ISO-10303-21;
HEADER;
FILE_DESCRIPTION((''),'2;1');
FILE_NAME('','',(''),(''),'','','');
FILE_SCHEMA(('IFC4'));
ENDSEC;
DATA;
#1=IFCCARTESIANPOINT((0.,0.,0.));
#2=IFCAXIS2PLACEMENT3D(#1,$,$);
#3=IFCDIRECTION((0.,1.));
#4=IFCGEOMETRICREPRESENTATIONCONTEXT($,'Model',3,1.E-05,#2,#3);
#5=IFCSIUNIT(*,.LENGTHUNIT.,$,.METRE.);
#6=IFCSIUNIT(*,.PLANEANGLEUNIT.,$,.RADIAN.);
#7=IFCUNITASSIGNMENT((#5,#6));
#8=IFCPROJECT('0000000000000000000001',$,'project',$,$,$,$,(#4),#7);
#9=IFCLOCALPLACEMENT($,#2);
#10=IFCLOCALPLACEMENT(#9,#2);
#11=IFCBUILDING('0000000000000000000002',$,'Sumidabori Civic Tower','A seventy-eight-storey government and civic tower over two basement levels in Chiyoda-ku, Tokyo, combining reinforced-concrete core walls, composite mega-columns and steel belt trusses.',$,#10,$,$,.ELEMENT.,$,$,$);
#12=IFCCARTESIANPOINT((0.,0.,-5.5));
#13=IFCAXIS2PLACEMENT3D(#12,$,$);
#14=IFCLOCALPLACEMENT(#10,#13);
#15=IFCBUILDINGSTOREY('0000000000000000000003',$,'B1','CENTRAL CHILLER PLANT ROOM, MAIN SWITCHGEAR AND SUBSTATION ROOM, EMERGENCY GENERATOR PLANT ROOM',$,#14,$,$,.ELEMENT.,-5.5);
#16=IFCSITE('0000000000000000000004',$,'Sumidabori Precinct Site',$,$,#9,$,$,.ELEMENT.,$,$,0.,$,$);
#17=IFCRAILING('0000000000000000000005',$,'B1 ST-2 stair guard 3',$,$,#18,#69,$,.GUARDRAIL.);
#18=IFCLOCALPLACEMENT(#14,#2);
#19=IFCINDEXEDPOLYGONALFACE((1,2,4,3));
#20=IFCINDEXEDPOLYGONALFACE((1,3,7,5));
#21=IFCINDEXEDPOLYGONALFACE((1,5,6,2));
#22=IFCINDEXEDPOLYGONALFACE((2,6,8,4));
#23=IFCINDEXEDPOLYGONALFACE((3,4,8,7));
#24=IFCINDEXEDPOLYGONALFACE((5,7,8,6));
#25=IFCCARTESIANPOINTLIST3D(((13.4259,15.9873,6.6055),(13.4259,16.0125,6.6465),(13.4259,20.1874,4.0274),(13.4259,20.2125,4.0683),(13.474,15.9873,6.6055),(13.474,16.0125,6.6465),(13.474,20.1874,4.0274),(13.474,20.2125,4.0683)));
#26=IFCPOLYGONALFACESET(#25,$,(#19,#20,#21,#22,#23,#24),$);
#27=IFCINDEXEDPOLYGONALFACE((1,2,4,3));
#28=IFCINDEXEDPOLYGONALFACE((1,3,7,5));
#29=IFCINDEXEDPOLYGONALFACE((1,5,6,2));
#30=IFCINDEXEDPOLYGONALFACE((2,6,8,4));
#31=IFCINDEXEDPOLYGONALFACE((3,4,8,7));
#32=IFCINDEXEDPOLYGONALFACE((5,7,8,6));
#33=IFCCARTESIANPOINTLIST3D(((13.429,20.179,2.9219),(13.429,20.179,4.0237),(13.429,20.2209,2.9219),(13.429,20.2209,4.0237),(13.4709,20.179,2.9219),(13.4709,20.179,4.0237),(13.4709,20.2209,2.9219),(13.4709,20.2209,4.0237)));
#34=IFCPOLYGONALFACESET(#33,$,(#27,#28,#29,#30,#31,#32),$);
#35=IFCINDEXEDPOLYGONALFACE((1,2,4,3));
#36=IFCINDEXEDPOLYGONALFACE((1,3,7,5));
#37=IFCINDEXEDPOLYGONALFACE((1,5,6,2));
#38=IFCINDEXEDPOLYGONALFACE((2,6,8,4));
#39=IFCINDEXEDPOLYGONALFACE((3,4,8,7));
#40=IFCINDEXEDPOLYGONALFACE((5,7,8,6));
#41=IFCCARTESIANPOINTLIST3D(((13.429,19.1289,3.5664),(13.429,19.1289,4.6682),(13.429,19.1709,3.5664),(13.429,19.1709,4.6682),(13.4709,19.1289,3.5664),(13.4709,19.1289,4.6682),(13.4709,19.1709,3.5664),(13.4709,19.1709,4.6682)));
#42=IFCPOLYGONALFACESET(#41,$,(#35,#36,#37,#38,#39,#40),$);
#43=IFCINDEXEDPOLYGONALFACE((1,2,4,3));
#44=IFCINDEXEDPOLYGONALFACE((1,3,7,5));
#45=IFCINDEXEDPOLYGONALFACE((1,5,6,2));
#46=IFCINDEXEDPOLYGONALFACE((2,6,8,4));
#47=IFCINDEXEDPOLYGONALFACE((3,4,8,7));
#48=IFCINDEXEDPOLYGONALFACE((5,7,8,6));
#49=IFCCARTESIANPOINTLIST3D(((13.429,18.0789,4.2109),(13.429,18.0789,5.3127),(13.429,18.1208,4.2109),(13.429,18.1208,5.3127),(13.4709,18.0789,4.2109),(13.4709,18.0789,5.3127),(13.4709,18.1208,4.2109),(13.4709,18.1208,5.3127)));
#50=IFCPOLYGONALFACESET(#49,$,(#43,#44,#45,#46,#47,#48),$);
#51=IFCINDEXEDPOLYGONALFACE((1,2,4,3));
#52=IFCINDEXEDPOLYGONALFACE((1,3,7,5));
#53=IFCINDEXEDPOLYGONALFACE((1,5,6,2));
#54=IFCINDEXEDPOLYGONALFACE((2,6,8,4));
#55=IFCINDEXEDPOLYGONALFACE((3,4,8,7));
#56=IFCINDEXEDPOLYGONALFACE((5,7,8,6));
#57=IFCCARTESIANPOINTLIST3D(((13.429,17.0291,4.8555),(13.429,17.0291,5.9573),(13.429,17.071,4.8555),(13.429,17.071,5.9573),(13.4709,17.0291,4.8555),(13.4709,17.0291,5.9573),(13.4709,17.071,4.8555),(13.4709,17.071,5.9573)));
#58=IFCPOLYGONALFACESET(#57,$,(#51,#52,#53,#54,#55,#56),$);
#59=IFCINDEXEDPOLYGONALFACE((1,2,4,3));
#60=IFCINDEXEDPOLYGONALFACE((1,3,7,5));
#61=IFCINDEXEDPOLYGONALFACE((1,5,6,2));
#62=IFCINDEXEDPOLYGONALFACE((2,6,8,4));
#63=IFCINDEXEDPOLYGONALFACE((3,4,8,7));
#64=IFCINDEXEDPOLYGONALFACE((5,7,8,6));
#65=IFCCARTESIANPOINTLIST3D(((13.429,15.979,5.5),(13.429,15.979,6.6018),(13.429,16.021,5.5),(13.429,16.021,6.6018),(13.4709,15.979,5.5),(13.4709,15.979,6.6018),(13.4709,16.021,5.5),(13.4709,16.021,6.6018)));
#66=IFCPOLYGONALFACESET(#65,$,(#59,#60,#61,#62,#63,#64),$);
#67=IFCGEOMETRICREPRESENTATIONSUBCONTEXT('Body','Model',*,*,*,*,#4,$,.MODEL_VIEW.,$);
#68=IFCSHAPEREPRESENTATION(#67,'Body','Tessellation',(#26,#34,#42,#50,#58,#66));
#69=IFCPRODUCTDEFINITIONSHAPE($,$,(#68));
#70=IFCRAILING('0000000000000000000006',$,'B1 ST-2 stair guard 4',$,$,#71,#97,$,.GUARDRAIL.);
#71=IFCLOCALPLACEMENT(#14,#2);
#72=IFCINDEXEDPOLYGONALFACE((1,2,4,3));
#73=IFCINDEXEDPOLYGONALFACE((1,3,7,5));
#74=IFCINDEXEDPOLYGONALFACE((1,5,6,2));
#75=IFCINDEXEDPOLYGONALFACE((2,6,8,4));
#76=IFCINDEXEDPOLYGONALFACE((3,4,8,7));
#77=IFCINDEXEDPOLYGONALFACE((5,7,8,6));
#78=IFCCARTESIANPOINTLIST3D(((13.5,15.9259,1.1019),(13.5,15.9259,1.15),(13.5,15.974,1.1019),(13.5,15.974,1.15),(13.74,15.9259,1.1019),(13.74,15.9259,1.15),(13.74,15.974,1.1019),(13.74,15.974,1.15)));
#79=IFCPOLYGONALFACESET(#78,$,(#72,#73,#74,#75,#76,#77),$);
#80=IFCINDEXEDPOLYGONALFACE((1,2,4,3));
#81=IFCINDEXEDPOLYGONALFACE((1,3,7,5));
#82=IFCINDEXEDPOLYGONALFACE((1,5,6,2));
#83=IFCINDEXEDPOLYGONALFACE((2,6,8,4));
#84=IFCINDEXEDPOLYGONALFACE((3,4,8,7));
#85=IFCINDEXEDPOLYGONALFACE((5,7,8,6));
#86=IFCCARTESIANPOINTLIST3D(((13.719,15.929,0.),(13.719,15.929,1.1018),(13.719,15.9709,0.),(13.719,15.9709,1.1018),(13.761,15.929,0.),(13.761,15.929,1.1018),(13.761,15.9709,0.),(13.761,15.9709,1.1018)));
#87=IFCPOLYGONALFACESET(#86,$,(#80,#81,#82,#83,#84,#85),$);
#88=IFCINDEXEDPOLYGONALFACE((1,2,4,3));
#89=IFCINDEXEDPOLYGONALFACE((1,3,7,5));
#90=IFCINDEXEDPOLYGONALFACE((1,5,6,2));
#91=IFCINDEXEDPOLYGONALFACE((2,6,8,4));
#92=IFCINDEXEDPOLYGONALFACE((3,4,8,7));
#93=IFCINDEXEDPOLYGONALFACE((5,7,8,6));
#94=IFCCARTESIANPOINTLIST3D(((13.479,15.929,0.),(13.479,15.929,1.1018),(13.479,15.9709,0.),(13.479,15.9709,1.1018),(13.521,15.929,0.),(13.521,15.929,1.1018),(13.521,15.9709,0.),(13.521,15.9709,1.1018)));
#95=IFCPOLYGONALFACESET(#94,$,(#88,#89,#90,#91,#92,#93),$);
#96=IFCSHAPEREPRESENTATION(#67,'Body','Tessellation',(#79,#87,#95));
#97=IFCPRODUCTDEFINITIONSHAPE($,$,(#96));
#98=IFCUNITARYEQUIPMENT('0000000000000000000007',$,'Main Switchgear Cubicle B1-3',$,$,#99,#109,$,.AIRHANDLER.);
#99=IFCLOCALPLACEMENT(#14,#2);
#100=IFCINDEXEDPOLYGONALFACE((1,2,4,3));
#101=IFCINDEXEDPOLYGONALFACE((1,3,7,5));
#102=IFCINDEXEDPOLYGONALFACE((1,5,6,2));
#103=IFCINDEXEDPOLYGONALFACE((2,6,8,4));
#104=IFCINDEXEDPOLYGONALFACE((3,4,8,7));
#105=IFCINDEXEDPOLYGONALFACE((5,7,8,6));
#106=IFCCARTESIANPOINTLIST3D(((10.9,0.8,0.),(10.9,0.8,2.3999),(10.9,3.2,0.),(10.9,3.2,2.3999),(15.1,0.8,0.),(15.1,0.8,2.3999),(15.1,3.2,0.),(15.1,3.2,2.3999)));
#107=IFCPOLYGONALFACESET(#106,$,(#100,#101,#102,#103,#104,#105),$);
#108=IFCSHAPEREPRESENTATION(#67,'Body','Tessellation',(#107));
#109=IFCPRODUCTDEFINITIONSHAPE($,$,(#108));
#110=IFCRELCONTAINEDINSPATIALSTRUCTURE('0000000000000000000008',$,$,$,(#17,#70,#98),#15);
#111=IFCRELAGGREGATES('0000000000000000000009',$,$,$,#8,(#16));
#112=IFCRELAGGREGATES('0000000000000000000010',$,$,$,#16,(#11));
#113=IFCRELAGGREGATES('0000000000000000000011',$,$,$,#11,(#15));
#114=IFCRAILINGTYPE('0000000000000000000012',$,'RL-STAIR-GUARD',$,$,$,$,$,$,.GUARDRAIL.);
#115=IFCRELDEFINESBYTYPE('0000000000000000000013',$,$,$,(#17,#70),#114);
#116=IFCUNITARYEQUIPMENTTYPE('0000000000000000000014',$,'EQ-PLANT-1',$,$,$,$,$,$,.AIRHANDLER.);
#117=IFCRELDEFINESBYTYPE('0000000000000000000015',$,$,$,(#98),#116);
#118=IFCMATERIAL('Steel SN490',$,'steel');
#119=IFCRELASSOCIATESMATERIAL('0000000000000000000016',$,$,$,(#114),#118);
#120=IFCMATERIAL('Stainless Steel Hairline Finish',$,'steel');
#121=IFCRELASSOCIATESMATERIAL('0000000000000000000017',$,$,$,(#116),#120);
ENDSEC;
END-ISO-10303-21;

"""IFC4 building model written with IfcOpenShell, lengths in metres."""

from ifc_helpers import new_model, si_unit, direction, frame, origin, origin_2d, place, context, subcontext, project, spatial, rectangle, extrude, source, transform, mapped, material, type_object, element, save


model = new_model("IFC4")

# Units and contexts
model_context = context("Model", 3, precision=1e-05, world=origin(), true_north=direction((0.0, 1.0)))
body_context = subcontext(model_context, "Body", "Model", "MODEL_VIEW")
ifc_project = project(units=[si_unit("LENGTHUNIT", "METRE"), si_unit("PLANEANGLEUNIT", "RADIAN")], contexts=[model_context])

# Site, building, storey
site_placement = place(None, origin())
site = spatial("IfcSite", under=ifc_project, at=site_placement, Name="Sumidabori Precinct Site", CompositionType="ELEMENT", RefElevation=0.0)
building_placement = place(site_placement, origin())
building = spatial("IfcBuilding", under=site, at=building_placement, Name="Sumidabori Civic Tower", Description="A seventy-eight-storey government and civic tower over two basement levels in Chiyoda-ku, Tokyo, combining reinforced-concrete core walls, composite mega-columns and steel belt trusses.", CompositionType="ELEMENT")
storey_placement = place(building_placement, frame((0.0, 0.0, -5.5)))
storey = spatial("IfcBuildingStorey", under=building, at=storey_placement, Name="B1", Description="CENTRAL CHILLER PLANT ROOM, MAIN SWITCHGEAR AND SUBSTATION ROOM, EMERGENCY GENERATOR PLANT ROOM", CompositionType="ELEMENT", Elevation=-5.5)

# Shared definitions
ifc_material_1 = material(Name="Steel SN490", Category="steel")

# Shared definitions
ifc_material_2 = material(Name="Stainless Steel Hairline Finish", Category="steel")

# Railings
railing_type_1 = type_object("IfcRailingType", Name="RL-STAIR-GUARD", PredefinedType="GUARDRAIL", material=ifc_material_1)
railing_1_placement = place(storey_placement, frame((13.45, 20.2, 2.9219)))
element("IfcRailing", 1, at=railing_1_placement, inside=storey, type_object=railing_type_1, Name="B1 ST-2 stair guard 3", PredefinedType="GUARDRAIL", context=body_context, shape_type="SweptSolid", body=[
    extrude(rectangle(XDim=0.0481, YDim=0.0481, at=origin_2d()), frame((0.0, 0.0, 1.126), z_axis=(0.0, -0.852243, 0.523146), x_axis=(1.0, 0.0, 0.0)), (0.0, 0.0, 1.0), 4.9282),
    extrude(rectangle(XDim=0.042, YDim=0.042, at=origin_2d()), origin(), (0.0, 0.0, 1.0), 1.1018),
    extrude(rectangle(XDim=0.042, YDim=0.042, at=origin_2d()), frame((0.0, -1.05, 0.6445)), (0.0, 0.0, 1.0), 1.1018),
    extrude(rectangle(XDim=0.042, YDim=0.042, at=origin_2d()), frame((0.0, -2.1001, 1.2891)), (0.0, 0.0, 1.0), 1.1018),
    extrude(rectangle(XDim=0.042, YDim=0.042, at=origin_2d()), frame((0.0, -3.1499, 1.9336)), (0.0, 0.0, 1.0), 1.1018),
    extrude(rectangle(XDim=0.042, YDim=0.042, at=origin_2d()), frame((0.0, -4.2, 2.5781)), (0.0, 0.0, 1.0), 1.1018),
])
railing_2_placement = place(storey_placement, frame((13.74, 15.95, 0.0)))
element("IfcRailing", 2, at=railing_2_placement, inside=storey, type_object=railing_type_1, Name="B1 ST-2 stair guard 4", PredefinedType="GUARDRAIL", context=body_context, shape_type="SweptSolid", body=[
    extrude(rectangle(XDim=0.0481, YDim=0.0481, at=origin_2d()), frame((0.0, 0.0, 1.126), z_axis=(-1.0, 0.0, 0.0), x_axis=(0.0, -1.0, 0.0)), (0.0, 0.0, 1.0), 0.24),
    extrude(rectangle(XDim=0.042, YDim=0.042, at=origin_2d()), origin(), (0.0, 0.0, 1.0), 1.1018),
    extrude(rectangle(XDim=0.042, YDim=0.042, at=origin_2d()), frame((-0.24, 0.0, 0.0)), (0.0, 0.0, 1.0), 1.1018),
])

# Unitary equipment
unitary_equipment_type = type_object("IfcUnitaryEquipmentType", Name="EQ-PLANT-1", PredefinedType="AIRHANDLER", material=ifc_material_2)
shared_shape_1 = source(origin(), body_context, "Body", "SweptSolid", [
    extrude(rectangle(XDim=4.2, YDim=2.3999, at=origin_2d()), origin(), (0.0, 0.0, 1.0), 2.3999),
])
unitary_equipment_placement = place(storey_placement, frame((13.0, 2.0, 0.0), z_axis=(0.0, 0.0, 1.0), x_axis=(1.0, 0.0, 0.0)))
element("IfcUnitaryEquipment", 3, at=unitary_equipment_placement, inside=storey, type_object=unitary_equipment_type, Name="Main Switchgear Cubicle B1-3", PredefinedType="AIRHANDLER", context=body_context, shape_type="MappedRepresentation", body=[
    mapped(shared_shape_1, transform((0.0, 0.0, 0.0), x_axis=(1.0, 0.0, 0.0), y_axis=(0.0, 1.0, 0.0), z_axis=(0.0, 0.0, 1.0), scale=1.0)),
])

save(model, "model.ifc")
